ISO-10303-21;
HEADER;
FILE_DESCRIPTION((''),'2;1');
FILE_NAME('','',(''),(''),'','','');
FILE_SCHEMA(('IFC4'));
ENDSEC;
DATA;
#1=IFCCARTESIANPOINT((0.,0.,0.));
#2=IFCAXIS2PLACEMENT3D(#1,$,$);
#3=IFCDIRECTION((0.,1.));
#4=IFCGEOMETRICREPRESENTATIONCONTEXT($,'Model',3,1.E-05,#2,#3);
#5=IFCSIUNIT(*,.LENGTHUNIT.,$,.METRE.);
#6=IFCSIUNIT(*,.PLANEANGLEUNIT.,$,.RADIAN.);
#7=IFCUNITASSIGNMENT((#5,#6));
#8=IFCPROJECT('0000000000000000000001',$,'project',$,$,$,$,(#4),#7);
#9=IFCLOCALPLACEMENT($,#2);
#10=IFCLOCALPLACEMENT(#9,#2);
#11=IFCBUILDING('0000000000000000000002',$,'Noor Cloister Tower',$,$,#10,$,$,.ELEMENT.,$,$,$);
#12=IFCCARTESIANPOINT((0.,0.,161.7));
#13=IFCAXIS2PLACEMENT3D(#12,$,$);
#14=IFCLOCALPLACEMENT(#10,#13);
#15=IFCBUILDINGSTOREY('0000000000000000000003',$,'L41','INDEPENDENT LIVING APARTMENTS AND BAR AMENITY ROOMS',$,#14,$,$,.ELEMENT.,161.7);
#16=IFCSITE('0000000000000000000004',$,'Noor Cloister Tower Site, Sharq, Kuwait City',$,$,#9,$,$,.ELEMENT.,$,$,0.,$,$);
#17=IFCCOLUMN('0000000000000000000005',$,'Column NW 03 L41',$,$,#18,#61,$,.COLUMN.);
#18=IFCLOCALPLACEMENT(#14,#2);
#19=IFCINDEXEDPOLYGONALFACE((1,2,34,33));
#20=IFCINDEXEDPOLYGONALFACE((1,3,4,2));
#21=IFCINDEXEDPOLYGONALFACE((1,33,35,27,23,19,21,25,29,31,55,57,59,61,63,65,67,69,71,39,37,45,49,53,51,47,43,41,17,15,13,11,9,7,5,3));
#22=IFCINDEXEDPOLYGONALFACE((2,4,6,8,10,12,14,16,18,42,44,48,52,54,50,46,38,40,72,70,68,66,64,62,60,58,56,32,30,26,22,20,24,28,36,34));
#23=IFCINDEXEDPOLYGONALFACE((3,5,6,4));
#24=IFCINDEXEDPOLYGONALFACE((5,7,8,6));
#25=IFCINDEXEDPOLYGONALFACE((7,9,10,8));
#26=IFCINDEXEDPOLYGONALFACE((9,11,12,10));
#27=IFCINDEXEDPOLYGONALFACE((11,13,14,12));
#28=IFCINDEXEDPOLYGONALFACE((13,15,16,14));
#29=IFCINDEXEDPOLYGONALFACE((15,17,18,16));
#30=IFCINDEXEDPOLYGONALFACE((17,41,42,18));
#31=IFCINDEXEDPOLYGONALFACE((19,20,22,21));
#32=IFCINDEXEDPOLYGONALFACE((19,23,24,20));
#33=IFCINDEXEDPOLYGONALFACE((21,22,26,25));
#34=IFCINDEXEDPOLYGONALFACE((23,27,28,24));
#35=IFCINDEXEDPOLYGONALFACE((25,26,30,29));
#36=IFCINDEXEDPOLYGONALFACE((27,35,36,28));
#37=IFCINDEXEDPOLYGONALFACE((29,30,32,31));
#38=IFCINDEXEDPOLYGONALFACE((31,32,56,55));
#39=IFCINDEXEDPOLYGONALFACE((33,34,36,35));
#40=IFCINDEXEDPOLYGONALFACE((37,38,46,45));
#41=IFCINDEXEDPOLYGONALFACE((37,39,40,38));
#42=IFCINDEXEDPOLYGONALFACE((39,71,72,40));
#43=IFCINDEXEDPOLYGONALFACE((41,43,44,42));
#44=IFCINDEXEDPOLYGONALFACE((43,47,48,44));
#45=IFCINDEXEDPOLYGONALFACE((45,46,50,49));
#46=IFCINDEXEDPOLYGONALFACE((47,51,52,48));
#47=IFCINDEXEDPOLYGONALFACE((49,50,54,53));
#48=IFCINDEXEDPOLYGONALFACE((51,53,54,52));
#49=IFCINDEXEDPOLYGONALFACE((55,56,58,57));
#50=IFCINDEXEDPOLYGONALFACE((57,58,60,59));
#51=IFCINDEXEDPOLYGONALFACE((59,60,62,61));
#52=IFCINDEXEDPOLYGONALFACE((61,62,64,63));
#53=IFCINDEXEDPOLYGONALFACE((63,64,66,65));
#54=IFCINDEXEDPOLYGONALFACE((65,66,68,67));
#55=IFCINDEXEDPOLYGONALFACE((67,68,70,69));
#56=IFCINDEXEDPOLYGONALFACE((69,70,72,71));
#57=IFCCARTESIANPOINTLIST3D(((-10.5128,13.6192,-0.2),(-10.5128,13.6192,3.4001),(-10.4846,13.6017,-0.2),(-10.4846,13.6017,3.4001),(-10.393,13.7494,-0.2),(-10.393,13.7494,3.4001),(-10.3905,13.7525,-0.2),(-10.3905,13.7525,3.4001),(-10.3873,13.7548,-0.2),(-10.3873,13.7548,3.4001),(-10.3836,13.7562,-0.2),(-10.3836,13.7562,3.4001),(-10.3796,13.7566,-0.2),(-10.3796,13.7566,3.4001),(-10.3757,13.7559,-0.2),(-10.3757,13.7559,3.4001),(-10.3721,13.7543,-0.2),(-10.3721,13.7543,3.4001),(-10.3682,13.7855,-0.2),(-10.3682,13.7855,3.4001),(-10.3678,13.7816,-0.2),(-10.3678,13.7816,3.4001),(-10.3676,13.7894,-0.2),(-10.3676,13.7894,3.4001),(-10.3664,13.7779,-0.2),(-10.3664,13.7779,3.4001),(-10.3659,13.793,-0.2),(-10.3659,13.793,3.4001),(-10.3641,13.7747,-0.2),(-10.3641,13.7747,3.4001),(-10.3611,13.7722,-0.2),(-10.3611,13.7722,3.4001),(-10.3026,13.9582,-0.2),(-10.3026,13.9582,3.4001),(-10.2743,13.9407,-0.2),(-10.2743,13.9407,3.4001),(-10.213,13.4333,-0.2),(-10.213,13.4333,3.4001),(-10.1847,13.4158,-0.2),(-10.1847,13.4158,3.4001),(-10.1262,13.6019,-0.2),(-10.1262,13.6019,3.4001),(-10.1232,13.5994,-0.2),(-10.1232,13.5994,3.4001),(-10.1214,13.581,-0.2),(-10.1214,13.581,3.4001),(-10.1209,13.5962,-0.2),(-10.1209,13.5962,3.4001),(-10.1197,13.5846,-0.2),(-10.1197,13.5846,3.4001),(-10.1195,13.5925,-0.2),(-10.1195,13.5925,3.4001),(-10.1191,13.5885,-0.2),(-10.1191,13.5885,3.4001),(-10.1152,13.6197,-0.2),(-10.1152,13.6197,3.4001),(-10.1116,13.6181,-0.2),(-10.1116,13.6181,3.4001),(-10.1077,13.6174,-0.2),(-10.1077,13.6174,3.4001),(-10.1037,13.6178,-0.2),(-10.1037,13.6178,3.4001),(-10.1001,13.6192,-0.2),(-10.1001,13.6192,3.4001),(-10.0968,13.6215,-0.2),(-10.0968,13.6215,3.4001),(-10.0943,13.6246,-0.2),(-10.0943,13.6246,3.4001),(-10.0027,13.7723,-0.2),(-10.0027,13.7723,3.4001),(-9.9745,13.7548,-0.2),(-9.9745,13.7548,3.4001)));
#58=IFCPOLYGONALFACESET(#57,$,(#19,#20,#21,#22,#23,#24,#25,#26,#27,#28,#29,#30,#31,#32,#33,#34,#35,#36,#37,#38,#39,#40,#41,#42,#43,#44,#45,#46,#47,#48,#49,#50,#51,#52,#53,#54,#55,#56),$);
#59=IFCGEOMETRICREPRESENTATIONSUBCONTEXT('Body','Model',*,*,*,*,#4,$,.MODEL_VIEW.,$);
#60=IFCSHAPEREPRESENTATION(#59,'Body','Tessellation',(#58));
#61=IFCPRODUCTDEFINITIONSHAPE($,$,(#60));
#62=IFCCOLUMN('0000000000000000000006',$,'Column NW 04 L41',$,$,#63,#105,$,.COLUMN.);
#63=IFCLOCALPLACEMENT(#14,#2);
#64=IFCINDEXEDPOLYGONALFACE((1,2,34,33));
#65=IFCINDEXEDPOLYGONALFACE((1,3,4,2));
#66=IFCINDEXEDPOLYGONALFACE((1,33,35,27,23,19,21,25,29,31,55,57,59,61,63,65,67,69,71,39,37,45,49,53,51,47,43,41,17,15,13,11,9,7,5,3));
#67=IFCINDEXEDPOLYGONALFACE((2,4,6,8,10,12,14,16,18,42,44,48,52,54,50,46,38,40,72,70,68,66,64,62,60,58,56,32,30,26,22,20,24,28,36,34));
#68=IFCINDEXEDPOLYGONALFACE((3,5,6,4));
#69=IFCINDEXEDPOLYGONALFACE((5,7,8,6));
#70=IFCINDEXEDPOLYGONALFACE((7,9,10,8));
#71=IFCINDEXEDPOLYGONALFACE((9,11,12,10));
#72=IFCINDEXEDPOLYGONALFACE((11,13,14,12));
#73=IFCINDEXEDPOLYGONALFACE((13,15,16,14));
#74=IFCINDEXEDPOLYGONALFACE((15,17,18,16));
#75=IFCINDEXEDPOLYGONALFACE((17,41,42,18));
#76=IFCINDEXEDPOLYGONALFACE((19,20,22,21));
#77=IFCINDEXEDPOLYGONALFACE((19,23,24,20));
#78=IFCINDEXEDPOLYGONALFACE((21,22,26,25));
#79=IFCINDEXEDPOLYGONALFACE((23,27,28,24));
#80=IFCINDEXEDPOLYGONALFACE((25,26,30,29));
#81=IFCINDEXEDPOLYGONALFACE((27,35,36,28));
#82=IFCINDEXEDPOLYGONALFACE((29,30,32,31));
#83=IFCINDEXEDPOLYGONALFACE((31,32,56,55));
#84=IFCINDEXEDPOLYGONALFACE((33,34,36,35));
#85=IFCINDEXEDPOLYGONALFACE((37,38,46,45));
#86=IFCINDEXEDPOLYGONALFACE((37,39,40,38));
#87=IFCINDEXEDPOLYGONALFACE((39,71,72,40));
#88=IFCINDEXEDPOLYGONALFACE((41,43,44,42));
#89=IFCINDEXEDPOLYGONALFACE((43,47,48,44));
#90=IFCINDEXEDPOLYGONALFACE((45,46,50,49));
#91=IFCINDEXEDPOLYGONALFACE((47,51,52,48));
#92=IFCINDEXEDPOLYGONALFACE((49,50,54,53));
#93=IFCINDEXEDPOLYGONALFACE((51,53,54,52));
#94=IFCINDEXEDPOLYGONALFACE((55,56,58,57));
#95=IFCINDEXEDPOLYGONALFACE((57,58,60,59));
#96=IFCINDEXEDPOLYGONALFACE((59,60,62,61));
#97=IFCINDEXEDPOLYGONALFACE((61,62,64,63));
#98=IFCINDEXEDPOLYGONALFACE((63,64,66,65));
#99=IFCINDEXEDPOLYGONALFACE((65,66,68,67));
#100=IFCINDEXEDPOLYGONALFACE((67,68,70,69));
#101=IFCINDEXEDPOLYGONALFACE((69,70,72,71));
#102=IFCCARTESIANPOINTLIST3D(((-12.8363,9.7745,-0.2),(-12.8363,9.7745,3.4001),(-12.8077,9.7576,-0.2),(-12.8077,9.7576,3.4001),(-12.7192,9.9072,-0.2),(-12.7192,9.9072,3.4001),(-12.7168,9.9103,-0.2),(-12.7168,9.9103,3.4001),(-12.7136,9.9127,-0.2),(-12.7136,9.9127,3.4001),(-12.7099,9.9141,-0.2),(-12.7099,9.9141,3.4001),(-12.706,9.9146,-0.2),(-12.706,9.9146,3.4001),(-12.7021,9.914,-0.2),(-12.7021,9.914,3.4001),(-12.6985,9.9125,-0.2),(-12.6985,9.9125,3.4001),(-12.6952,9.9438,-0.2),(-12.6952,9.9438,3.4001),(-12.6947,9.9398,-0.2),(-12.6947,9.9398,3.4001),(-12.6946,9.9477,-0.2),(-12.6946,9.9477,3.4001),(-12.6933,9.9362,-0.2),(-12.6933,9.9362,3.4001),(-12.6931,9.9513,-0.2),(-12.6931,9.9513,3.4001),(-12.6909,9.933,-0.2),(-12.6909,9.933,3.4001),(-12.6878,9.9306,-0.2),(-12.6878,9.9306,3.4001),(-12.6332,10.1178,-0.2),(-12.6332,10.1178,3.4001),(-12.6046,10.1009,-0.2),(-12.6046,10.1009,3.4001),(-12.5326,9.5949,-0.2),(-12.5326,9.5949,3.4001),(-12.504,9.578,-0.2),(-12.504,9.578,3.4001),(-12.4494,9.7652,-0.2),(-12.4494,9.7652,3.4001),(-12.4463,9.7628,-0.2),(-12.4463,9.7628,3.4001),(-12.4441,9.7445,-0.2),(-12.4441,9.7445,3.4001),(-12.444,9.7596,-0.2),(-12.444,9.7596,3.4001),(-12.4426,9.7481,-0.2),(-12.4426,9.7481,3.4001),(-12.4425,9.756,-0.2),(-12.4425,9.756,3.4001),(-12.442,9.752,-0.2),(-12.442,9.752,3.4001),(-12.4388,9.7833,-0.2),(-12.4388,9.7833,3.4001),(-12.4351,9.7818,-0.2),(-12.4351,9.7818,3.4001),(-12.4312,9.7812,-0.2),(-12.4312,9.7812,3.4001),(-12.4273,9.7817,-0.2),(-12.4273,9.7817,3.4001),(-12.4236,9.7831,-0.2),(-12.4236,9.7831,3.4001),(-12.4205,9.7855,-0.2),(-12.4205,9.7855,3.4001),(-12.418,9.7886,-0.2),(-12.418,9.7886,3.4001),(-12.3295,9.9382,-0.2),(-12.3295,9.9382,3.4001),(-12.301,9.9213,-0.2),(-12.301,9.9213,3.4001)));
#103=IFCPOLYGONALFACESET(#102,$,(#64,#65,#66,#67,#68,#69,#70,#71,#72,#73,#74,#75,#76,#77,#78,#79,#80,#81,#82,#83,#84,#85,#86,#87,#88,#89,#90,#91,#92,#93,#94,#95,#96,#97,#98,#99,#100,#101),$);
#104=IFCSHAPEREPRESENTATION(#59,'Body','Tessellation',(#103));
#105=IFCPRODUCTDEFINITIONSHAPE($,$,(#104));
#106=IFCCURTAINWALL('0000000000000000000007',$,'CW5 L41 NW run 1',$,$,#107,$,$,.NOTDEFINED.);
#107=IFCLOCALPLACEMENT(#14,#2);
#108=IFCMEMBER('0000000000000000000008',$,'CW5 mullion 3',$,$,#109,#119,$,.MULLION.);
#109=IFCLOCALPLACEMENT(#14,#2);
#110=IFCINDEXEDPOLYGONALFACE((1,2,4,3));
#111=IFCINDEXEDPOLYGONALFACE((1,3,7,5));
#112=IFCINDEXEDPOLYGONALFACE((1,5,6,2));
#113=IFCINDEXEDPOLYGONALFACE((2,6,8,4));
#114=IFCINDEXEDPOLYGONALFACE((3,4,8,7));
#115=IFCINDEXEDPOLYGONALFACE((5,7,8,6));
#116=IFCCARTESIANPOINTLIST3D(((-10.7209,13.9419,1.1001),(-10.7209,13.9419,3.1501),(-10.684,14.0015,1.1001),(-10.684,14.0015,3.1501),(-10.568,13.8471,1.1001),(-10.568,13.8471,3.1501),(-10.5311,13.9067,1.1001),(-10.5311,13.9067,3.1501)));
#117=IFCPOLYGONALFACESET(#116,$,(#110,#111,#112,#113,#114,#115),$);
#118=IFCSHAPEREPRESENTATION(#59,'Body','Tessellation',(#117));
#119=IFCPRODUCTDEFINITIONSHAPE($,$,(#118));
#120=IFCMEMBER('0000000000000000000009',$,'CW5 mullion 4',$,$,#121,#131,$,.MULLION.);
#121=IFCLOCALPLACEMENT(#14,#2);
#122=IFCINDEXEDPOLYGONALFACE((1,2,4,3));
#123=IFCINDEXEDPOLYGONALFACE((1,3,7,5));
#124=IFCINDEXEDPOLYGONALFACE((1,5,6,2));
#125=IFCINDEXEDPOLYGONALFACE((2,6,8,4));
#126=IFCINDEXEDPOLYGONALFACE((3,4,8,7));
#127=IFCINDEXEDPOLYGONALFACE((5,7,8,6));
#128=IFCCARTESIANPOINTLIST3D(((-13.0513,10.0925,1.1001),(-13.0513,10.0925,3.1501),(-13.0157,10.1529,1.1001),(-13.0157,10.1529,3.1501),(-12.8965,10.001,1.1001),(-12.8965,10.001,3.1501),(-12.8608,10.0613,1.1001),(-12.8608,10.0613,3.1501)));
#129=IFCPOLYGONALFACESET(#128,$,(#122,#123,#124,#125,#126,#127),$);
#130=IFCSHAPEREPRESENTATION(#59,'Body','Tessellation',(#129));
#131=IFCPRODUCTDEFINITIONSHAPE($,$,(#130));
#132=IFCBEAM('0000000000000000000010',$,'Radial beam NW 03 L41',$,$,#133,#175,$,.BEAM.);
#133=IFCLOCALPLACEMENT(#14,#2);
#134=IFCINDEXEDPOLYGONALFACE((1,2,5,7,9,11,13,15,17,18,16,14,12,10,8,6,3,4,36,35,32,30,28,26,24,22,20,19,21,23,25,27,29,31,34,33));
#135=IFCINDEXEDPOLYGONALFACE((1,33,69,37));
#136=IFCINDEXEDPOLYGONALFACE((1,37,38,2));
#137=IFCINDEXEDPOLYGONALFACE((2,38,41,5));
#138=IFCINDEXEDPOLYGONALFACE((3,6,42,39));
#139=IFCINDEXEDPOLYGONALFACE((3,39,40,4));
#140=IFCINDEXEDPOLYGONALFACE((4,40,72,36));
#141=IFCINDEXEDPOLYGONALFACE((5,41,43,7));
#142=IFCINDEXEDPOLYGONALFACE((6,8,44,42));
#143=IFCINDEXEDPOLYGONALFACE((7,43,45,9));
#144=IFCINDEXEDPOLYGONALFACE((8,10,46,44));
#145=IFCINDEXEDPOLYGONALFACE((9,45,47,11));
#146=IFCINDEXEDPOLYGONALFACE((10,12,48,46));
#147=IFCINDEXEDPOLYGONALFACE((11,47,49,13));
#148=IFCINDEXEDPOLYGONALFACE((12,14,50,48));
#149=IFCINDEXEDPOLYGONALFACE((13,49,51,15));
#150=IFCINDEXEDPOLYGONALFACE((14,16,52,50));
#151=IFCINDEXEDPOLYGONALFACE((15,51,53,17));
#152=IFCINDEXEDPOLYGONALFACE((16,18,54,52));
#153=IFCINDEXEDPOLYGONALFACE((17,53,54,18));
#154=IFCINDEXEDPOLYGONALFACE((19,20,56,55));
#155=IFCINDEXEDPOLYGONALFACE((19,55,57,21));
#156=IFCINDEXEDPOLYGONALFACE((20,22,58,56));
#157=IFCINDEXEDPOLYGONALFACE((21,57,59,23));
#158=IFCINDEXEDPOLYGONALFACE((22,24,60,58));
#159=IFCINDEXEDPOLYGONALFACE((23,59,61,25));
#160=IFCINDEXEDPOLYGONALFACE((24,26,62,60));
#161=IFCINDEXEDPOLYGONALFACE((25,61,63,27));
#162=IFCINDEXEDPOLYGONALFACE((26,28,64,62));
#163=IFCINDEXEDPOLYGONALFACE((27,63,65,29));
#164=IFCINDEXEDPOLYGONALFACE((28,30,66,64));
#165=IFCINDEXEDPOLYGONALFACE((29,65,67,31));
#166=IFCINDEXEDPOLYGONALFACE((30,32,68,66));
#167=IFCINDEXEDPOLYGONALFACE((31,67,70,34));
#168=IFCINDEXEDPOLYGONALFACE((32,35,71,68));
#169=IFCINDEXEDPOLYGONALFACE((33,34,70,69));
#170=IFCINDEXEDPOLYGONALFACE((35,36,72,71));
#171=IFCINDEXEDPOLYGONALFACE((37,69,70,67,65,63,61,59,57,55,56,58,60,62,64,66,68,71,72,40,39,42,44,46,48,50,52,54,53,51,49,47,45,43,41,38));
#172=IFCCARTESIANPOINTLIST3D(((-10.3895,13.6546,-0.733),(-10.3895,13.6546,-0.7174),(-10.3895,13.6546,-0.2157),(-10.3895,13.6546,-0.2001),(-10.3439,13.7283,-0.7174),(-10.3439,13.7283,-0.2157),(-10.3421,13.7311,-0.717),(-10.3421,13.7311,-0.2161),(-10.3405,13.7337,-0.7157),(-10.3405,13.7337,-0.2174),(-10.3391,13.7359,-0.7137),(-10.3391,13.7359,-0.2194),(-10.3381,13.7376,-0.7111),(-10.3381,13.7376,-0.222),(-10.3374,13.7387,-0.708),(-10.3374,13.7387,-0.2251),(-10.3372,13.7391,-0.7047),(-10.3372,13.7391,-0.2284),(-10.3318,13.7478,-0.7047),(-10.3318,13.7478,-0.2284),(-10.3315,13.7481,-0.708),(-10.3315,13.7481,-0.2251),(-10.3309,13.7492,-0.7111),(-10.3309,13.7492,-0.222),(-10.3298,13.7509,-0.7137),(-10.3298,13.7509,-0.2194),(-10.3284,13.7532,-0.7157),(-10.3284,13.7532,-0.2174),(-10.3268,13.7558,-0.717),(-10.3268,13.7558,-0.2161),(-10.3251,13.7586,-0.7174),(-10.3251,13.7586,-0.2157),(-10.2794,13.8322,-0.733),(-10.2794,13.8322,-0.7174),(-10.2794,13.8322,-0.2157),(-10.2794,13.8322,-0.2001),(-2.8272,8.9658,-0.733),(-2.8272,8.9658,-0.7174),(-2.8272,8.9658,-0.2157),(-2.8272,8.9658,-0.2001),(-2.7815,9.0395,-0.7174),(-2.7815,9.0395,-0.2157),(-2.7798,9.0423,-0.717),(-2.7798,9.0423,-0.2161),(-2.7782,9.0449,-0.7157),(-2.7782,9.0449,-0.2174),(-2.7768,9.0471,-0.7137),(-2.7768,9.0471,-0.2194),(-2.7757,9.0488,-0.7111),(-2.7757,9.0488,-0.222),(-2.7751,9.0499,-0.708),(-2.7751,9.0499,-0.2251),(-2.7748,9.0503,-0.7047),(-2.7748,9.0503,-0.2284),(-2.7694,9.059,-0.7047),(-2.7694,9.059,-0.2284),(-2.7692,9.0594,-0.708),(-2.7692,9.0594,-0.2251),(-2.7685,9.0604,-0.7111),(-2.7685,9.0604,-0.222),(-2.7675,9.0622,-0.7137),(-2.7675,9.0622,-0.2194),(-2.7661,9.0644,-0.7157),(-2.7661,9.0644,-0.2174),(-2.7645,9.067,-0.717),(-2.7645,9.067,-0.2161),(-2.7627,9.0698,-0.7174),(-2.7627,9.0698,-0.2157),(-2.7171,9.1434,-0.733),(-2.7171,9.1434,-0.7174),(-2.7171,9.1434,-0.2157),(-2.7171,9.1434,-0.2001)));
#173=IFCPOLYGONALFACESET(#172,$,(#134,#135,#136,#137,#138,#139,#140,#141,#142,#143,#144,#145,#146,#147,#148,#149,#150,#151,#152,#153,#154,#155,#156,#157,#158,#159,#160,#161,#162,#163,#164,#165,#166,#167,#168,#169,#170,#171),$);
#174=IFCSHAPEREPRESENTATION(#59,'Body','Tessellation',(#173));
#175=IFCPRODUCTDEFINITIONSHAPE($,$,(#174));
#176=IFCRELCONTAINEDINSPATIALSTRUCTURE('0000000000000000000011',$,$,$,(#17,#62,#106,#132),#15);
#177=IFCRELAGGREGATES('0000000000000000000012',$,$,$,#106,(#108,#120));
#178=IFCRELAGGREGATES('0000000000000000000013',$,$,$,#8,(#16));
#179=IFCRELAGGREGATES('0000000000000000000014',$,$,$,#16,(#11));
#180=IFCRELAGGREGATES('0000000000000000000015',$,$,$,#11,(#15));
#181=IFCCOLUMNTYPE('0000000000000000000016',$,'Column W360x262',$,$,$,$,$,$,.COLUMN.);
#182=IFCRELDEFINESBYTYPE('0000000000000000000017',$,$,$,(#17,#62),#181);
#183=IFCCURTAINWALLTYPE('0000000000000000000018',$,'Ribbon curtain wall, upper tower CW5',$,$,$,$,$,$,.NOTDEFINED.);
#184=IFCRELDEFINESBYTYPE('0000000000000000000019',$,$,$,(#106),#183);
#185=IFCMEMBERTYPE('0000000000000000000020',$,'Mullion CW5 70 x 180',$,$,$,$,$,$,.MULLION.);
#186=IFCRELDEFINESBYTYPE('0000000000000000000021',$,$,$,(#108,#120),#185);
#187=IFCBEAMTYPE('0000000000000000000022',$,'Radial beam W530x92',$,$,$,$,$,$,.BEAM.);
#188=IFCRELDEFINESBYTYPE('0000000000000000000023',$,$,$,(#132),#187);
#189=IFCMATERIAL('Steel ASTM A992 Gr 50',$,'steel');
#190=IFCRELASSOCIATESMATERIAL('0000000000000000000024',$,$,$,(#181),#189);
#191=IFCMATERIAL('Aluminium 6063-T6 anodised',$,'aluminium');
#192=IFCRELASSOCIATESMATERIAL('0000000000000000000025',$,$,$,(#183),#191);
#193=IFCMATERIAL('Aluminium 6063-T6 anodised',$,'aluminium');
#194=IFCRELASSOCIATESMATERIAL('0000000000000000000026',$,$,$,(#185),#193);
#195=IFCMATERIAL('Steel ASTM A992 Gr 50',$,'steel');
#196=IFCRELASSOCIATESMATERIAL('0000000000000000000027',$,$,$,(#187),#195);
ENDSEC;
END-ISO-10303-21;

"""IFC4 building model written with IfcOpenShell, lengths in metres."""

from ifc_helpers import new_model, si_unit, direction, frame, origin, origin_2d, place, context, subcontext, project, spatial, rectangle, i_section, extrude, material, material_profile, profile_set, type_object, element, aggregate, save


model = new_model("IFC4")

# Units and contexts
model_context = context("Model", 3, precision=1e-05, world=origin(), true_north=direction((0.0, 1.0)))
body_context = subcontext(model_context, "Body", "Model", "MODEL_VIEW")
ifc_project = project(units=[si_unit("LENGTHUNIT", "METRE"), si_unit("PLANEANGLEUNIT", "RADIAN")], contexts=[model_context])

# Site, building, storey
site_placement = place(None, origin())
site = spatial("IfcSite", under=ifc_project, at=site_placement, Name="Noor Cloister Tower Site, Sharq, Kuwait City", CompositionType="ELEMENT", RefElevation=0.0)
building_placement = place(site_placement, origin())
building = spatial("IfcBuilding", under=site, at=building_placement, Name="Noor Cloister Tower", CompositionType="ELEMENT")
storey_placement = place(building_placement, frame((0.0, 0.0, 161.7)))
storey = spatial("IfcBuildingStorey", under=building, at=storey_placement, Name="L41", Description="INDEPENDENT LIVING APARTMENTS AND BAR AMENITY ROOMS", CompositionType="ELEMENT", Elevation=161.7)

# Columns
ifc_material_1 = material(Name="Steel ASTM A992 Gr 50", Category="steel")
ifc_material_profile_1 = material_profile(ifc_material_1, i_section(OverallWidth=0.3989, OverallDepth=0.386, WebThickness=0.021, FlangeThickness=0.0332, FilletRadius=0.0151, at=origin_2d()), Name="W360x262")
ifc_profile_set_1 = profile_set([ifc_material_profile_1], Name="Steel ASTM A992 Gr 50")
column_type = type_object("IfcColumnType", Name="Column W360x262", PredefinedType="COLUMN", material=ifc_profile_set_1)
for number, where, z_axis, x_axis, name in (
    (1, (-10.2437, 13.687, -0.2), (0.0, 0.0, 1.0), (-0.526959, -0.849891, 0.0), "Column NW 03 L41"),
    (2, (-12.5686, 9.8479, -0.2), (0.0, 0.0, 1.0), (-0.509042, -0.860741, 0.0), "Column NW 04 L41"),
):
    element("IfcColumn", number, at=place(storey_placement, frame(where, z_axis=z_axis, x_axis=x_axis)), inside=storey, type_object=column_type, Name=name, PredefinedType="COLUMN", context=body_context, shape_type="SweptSolid", body=[
        extrude(i_section(OverallWidth=0.3989, OverallDepth=0.386, WebThickness=0.021, FlangeThickness=0.0332, FilletRadius=0.0151, at=origin_2d()), origin(), (0.0, 0.0, 1.0), 3.6001),
    ])

# Curtain wall, members
ifc_material_2 = material(Name="Aluminium 6063-T6 anodised", Category="aluminium")
curtain_wall_type = type_object("IfcCurtainWallType", Name="Ribbon curtain wall, upper tower CW5", PredefinedType="NOTDEFINED", material=ifc_material_2)
curtain_wall_placement = place(storey_placement, origin())
curtain_wall = element("IfcCurtainWall", 3, at=curtain_wall_placement, inside=storey, type_object=curtain_wall_type, Name="CW5 L41 NW run 1", PredefinedType="NOTDEFINED")
ifc_material_3 = material(Name="Aluminium 6063-T6 anodised", Category="aluminium")
ifc_material_profile_2 = material_profile(ifc_material_3, rectangle(XDim=0.1799, YDim=0.0701, at=origin_2d()), Name="180 x 70 mullion")
ifc_profile_set_2 = profile_set([ifc_material_profile_2], Name="Aluminium 6063-T6 anodised")
member_type = type_object("IfcMemberType", Name="Mullion CW5 70 x 180", PredefinedType="MULLION", material=ifc_profile_set_2)
member_1_placement = place(storey_placement, frame((-10.626, 13.9243, 1.1001), z_axis=(0.0, 0.0, 1.0), x_axis=(0.849891, -0.526959, 0.0)))
member_1 = element("IfcMember", 4, at=member_1_placement, type_object=member_type, Name="CW5 mullion 3", PredefinedType="MULLION", context=body_context, shape_type="SweptSolid", body=[
    extrude(rectangle(XDim=0.1799, YDim=0.0701, at=origin_2d()), origin(), (0.0, 0.0, 1.0), 2.05),
])
member_2_placement = place(storey_placement, frame((-12.9561, 10.0769, 1.1001), z_axis=(0.0, 0.0, 1.0), x_axis=(0.860741, -0.509042, 0.0)))
member_2 = element("IfcMember", 5, at=member_2_placement, type_object=member_type, Name="CW5 mullion 4", PredefinedType="MULLION", context=body_context, shape_type="SweptSolid", body=[
    extrude(rectangle(XDim=0.1799, YDim=0.0701, at=origin_2d()), origin(), (0.0, 0.0, 1.0), 2.05),
])

# Beam
ifc_material_4 = material(Name="Steel ASTM A992 Gr 50", Category="steel")
ifc_material_profile_3 = material_profile(ifc_material_4, i_section(OverallWidth=0.209, OverallDepth=0.533, WebThickness=0.0103, FlangeThickness=0.0156, FilletRadius=0.0127, at=origin_2d()), Name="W530x92")
ifc_profile_set_3 = profile_set([ifc_material_profile_3], Name="Steel ASTM A992 Gr 50")
beam_type_1 = type_object("IfcBeamType", Name="Radial beam W530x92", PredefinedType="BEAM", material=ifc_profile_set_3)
beam_1_placement = place(storey_placement, frame((-10.3345, 13.7434, -0.4666), z_axis=(0.849897, -0.52695, 0.0), x_axis=(0.52695, 0.849897, 0.0)))
element("IfcBeam", 6, at=beam_1_placement, inside=storey, type_object=beam_type_1, Name="Radial beam NW 03 L41", PredefinedType="BEAM", context=body_context, shape_type="SweptSolid", body=[
    extrude(i_section(OverallWidth=0.209, OverallDepth=0.533, WebThickness=0.0103, FlangeThickness=0.0156, FilletRadius=0.0127, at=origin_2d()), origin(), (0.0, 0.0, 1.0), 8.8979),
])

aggregate(curtain_wall, [member_1, member_2])

save(model, "model.ifc")
